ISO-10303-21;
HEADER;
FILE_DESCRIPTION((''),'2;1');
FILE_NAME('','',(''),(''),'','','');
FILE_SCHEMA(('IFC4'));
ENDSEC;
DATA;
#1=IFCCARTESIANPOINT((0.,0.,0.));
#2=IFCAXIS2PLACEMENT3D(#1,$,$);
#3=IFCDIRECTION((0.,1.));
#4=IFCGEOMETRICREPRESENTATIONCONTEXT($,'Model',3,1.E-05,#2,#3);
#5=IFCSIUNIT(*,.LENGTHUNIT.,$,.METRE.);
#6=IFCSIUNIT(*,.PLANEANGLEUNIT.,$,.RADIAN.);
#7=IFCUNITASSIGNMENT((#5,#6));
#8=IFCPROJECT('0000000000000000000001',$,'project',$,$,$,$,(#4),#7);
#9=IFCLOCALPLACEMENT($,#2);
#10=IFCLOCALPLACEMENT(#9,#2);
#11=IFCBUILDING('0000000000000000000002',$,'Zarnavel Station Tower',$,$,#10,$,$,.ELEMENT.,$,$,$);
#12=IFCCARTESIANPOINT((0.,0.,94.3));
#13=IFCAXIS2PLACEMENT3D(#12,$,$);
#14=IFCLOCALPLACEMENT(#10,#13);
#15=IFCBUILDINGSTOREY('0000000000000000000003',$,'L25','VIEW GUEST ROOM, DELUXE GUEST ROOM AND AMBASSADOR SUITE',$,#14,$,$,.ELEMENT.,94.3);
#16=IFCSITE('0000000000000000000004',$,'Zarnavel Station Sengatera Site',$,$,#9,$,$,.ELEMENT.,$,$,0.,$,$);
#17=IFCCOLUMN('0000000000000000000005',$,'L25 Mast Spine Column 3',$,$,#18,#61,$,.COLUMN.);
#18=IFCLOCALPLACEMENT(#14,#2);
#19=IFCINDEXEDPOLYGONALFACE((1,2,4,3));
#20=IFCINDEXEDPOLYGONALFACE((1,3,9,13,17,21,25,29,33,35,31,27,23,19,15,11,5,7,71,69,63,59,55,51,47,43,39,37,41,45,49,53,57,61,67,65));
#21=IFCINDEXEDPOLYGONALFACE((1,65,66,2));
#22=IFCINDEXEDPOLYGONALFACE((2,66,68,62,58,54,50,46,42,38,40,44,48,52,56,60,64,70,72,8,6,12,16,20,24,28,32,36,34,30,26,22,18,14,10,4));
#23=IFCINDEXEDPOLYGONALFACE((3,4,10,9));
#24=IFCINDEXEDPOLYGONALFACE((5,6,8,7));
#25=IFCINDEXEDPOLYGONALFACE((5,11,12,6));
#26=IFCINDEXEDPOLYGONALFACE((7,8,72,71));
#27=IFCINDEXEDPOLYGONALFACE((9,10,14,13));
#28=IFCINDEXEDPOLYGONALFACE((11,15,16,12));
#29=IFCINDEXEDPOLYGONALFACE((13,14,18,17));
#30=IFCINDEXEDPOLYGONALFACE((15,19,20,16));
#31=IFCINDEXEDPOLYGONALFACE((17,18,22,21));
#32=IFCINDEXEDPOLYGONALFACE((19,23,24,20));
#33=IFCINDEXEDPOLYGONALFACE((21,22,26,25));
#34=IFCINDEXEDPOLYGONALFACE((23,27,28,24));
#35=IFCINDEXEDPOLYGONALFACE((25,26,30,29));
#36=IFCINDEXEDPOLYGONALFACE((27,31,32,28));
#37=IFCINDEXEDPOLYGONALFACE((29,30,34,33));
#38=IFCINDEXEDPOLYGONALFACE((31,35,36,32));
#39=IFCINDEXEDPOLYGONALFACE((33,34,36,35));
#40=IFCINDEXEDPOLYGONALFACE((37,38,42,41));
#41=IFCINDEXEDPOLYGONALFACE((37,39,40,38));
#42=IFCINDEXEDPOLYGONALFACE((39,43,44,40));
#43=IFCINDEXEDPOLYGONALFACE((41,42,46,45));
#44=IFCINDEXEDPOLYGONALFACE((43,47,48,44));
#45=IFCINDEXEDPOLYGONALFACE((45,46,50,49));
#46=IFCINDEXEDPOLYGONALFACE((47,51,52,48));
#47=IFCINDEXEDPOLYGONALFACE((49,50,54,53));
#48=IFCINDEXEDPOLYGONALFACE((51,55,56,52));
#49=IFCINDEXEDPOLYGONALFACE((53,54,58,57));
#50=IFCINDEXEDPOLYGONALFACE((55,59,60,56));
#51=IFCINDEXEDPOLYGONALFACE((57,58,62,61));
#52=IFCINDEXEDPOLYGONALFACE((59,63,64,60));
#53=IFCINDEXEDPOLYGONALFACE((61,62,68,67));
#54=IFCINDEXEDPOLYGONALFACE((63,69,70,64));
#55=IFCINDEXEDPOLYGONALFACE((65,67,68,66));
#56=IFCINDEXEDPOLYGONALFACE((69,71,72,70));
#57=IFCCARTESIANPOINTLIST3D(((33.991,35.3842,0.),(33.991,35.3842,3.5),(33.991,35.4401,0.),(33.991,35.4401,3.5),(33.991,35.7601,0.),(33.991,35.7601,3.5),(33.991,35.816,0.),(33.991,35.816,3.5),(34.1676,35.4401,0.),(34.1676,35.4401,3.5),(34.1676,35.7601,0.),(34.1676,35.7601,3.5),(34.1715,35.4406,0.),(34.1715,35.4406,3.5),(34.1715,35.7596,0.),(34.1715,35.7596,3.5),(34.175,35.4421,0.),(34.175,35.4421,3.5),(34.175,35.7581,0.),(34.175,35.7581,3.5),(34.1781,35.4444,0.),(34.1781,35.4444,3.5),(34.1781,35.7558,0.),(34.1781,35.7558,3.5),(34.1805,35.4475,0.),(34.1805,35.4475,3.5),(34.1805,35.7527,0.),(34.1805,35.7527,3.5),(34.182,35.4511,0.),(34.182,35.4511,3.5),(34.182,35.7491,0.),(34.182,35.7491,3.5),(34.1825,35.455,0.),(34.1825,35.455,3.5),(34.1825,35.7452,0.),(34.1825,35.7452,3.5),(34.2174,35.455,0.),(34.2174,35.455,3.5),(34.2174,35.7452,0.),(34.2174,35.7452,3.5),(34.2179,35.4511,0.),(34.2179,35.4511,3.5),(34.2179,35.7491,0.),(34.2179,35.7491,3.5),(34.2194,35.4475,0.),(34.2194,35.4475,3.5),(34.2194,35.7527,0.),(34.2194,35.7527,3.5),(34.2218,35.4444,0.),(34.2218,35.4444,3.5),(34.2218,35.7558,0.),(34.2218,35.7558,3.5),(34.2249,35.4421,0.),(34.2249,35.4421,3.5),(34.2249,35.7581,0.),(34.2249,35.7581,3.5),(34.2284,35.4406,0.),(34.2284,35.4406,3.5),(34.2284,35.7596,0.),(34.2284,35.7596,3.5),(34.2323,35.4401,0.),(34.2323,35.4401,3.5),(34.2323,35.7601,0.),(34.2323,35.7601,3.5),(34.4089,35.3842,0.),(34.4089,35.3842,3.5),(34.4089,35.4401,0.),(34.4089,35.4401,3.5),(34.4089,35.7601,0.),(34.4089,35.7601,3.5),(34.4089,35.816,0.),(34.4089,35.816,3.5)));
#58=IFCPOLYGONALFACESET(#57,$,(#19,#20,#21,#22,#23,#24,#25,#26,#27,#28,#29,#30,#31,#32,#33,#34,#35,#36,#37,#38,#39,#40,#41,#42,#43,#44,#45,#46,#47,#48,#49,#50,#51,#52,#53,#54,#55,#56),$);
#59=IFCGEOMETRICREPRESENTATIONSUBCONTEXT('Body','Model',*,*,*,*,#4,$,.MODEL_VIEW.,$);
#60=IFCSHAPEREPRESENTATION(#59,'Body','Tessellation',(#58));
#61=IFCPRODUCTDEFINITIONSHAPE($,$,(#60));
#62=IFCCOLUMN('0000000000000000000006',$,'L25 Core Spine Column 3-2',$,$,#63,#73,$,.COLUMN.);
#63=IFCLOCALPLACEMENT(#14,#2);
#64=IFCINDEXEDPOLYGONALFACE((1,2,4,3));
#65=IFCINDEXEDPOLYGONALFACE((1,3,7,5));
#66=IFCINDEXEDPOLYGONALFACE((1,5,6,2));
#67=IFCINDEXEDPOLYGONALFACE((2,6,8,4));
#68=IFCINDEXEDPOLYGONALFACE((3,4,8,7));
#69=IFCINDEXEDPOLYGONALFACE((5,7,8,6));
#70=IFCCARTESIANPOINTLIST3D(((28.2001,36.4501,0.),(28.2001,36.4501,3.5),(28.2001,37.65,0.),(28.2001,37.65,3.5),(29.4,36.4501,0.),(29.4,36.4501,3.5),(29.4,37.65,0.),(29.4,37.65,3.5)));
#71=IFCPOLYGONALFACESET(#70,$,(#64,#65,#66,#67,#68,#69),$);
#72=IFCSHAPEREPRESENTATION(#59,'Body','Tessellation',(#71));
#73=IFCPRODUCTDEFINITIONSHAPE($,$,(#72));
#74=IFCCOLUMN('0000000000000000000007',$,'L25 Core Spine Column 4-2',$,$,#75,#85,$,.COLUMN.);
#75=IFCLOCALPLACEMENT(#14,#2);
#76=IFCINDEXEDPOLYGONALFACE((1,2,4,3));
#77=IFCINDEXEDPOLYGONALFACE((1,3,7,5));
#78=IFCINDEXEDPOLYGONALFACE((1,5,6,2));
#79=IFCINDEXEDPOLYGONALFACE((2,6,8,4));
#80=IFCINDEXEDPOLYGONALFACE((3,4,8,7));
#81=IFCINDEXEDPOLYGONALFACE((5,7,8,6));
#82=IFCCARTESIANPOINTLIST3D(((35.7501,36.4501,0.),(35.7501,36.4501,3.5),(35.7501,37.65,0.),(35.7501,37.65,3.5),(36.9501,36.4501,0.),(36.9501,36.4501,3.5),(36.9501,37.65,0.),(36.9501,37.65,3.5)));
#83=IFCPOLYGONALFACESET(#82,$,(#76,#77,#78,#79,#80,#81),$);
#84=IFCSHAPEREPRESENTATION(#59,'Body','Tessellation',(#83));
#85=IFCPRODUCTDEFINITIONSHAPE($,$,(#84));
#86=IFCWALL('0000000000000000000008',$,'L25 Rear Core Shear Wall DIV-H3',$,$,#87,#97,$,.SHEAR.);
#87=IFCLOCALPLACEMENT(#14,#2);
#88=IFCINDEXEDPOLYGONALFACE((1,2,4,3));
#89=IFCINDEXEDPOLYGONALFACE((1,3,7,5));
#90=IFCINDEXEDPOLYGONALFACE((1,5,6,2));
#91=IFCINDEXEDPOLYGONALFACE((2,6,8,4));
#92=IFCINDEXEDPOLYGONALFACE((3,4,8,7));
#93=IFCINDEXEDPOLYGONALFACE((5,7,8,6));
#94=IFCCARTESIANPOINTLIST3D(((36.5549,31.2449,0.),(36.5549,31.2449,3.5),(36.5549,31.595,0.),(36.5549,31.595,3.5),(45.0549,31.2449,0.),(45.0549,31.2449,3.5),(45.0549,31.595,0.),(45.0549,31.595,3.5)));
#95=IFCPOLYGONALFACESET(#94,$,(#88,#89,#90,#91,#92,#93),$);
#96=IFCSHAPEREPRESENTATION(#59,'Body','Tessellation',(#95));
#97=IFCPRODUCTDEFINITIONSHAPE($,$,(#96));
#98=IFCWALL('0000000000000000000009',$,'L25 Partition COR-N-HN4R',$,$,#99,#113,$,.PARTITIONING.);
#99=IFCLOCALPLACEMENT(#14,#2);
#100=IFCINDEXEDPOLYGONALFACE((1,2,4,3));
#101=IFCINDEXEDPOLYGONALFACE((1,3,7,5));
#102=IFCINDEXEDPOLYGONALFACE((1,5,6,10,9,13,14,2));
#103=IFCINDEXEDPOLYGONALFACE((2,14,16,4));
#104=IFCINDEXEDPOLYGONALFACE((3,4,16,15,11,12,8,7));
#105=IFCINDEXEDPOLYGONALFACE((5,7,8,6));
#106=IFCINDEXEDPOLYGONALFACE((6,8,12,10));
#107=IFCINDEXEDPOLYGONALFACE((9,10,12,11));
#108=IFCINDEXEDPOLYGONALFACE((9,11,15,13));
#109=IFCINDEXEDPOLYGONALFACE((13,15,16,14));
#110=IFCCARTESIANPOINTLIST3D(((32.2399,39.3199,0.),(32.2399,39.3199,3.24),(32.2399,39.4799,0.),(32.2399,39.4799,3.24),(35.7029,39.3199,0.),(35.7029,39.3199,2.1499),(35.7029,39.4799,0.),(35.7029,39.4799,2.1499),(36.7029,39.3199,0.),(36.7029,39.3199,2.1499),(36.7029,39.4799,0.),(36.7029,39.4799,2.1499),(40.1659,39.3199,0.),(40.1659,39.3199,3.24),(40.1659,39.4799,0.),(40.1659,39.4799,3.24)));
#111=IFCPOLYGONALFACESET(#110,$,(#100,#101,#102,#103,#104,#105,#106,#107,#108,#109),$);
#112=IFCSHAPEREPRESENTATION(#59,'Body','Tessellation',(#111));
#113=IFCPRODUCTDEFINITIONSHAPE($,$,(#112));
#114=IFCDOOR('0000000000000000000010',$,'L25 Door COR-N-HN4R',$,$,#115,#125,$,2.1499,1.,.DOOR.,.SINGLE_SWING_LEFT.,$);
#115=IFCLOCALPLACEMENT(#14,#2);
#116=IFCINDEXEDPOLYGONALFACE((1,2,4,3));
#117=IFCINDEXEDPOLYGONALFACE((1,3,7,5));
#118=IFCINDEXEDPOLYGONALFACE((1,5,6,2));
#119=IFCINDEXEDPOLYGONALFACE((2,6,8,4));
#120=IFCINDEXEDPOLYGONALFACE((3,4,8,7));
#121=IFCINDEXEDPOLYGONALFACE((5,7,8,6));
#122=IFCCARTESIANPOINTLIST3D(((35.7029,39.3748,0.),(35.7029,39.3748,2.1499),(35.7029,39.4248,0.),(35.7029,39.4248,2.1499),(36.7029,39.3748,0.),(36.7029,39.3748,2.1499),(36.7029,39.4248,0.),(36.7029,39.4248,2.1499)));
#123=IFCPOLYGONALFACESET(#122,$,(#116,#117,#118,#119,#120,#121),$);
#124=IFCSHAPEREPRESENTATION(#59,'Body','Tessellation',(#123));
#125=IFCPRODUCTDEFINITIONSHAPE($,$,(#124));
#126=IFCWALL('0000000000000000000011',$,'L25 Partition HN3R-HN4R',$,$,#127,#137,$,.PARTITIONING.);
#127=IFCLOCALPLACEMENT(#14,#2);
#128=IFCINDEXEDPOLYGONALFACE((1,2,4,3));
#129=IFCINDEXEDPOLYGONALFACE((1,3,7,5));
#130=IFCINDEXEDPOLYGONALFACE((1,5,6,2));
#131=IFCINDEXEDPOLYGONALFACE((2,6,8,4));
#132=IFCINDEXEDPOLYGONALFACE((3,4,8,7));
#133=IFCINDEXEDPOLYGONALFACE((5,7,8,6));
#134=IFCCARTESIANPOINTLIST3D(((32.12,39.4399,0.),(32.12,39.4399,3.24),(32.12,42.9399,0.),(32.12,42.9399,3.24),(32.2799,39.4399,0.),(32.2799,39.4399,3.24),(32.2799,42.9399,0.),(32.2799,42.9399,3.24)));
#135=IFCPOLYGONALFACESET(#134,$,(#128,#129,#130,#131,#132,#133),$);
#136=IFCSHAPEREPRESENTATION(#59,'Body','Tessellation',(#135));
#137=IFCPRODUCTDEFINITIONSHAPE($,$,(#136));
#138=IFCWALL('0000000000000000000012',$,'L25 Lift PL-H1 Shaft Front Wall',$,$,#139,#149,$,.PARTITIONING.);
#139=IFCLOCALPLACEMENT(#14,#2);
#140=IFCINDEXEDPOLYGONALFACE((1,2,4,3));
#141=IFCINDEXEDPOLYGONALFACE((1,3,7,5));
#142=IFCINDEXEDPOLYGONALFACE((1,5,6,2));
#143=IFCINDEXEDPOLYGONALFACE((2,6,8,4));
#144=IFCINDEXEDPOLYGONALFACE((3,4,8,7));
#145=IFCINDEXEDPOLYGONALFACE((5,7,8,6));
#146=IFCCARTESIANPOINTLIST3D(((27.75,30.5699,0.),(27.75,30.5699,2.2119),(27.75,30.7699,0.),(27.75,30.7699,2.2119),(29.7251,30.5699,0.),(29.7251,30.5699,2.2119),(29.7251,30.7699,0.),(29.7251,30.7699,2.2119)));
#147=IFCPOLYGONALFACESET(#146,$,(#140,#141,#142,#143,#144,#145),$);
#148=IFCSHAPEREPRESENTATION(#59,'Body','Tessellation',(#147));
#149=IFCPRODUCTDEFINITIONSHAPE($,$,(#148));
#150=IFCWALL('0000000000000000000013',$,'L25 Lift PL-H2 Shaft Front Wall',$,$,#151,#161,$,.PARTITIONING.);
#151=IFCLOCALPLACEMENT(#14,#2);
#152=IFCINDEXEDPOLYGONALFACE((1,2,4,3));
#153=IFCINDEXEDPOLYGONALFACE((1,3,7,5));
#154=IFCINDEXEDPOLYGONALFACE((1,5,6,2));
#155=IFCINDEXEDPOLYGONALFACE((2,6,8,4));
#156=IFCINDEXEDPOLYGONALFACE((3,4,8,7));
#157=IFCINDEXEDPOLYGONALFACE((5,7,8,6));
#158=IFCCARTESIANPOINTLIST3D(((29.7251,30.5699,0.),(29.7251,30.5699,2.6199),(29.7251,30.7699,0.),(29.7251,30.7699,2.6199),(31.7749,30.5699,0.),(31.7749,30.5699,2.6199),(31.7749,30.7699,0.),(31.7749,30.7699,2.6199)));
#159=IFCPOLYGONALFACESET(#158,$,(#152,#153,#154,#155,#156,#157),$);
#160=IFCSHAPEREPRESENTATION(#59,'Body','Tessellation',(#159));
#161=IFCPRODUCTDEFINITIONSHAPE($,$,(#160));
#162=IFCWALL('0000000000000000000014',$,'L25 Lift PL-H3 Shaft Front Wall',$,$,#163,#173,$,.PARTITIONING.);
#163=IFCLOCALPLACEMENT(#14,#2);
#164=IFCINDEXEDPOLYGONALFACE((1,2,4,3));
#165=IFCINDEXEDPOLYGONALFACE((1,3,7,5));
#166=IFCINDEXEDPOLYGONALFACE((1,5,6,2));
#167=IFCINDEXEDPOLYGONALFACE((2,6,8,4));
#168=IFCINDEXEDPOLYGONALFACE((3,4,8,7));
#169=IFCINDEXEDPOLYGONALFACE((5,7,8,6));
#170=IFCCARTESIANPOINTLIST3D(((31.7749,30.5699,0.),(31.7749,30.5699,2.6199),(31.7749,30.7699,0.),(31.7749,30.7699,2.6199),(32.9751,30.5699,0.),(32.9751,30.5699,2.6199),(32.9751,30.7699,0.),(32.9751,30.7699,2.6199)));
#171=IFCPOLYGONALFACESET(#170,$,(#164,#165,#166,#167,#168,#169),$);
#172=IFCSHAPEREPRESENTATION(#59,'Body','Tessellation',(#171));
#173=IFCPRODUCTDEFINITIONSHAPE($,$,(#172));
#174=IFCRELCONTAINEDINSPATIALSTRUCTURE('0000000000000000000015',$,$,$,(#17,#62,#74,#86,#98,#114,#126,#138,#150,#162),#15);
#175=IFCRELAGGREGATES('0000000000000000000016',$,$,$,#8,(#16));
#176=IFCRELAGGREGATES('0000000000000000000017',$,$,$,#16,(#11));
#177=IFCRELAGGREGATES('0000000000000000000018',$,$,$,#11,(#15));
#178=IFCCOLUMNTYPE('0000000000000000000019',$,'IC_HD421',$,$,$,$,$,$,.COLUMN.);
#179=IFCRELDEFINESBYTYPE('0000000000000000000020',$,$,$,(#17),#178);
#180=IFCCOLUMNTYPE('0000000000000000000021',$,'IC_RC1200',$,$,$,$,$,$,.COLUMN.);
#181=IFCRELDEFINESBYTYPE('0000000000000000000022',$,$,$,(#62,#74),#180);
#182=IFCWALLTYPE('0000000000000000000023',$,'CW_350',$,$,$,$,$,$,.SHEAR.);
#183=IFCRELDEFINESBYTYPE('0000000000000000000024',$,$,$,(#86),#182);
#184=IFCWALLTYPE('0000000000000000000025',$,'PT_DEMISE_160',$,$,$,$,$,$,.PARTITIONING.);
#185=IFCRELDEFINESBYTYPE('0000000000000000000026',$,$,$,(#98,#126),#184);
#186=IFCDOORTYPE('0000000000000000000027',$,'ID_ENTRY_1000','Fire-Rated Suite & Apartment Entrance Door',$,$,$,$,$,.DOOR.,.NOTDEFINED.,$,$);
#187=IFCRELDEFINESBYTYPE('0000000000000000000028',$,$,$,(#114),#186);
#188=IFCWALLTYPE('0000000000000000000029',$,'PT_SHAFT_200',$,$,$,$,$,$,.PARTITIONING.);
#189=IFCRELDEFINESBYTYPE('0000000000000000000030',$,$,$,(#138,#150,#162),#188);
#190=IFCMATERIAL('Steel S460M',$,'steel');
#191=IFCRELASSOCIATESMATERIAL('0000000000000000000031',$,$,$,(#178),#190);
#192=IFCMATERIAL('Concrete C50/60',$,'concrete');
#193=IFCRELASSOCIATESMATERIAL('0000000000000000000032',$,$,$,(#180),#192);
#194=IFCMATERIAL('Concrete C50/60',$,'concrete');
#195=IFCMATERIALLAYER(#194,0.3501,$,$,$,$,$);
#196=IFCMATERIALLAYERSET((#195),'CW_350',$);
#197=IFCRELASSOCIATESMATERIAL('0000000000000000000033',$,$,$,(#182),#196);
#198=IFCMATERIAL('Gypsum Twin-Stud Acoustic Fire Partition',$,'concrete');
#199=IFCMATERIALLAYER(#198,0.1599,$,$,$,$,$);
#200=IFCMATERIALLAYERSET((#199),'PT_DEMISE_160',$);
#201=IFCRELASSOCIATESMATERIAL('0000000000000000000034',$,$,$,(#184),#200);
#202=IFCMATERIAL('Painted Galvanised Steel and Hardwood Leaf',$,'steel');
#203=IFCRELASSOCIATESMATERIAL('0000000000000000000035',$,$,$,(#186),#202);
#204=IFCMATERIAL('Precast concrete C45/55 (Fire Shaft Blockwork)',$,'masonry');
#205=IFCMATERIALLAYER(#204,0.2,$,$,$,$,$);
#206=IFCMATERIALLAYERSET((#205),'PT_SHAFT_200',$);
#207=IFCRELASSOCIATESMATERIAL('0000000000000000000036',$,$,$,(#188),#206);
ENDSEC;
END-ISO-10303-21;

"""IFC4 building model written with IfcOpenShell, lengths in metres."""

from ifc_helpers import new_model, si_unit, direction, frame, frame_2d, origin, origin_2d, place, context, subcontext, project, spatial, rectangle, i_section, extrude, material, layer, layer_set, material_profile, profile_set, type_object, element, fill, save


model = new_model("IFC4")

# Units and contexts
model_context = context("Model", 3, precision=1e-05, world=origin(), true_north=direction((0.0, 1.0)))
body_context = subcontext(model_context, "Body", "Model", "MODEL_VIEW")
ifc_project = project(units=[si_unit("LENGTHUNIT", "METRE"), si_unit("PLANEANGLEUNIT", "RADIAN")], contexts=[model_context])

# Site, building, storey
site_placement = place(None, origin())
site = spatial("IfcSite", under=ifc_project, at=site_placement, Name="Zarnavel Station Sengatera Site", CompositionType="ELEMENT", RefElevation=0.0)
building_placement = place(site_placement, origin())
building = spatial("IfcBuilding", under=site, at=building_placement, Name="Zarnavel Station Tower", CompositionType="ELEMENT")
storey_placement = place(building_placement, frame((0.0, 0.0, 94.3)))
storey = spatial("IfcBuildingStorey", under=building, at=storey_placement, Name="L25", Description="VIEW GUEST ROOM, DELUXE GUEST ROOM AND AMBASSADOR SUITE", CompositionType="ELEMENT", Elevation=94.3)

# Columns
ifc_material_1 = material(Name="Steel S460M", Category="steel")
ifc_material_profile_1 = material_profile(ifc_material_1, i_section(OverallWidth=0.418, OverallDepth=0.4319, WebThickness=0.0349, FlangeThickness=0.0559, FilletRadius=0.0149, at=origin_2d()), Name="HD400x421")
ifc_profile_set_1 = profile_set([ifc_material_profile_1], Name="Steel S460M")
column_type_1 = type_object("IfcColumnType", Name="IC_HD421", PredefinedType="COLUMN", material=ifc_profile_set_1)
column_placement = place(storey_placement, frame((34.2, 35.6001, 0.0), z_axis=(0.0, 0.0, 1.0), x_axis=(1.0, 0.0, 0.0)))
element("IfcColumn", 1, at=column_placement, inside=storey, type_object=column_type_1, Name="L25 Mast Spine Column 3", PredefinedType="COLUMN", context=body_context, shape_type="SweptSolid", body=[
    extrude(i_section(OverallWidth=0.418, OverallDepth=0.4319, WebThickness=0.0349, FlangeThickness=0.0559, FilletRadius=0.0149, at=origin_2d()), origin(), (0.0, 0.0, 1.0), 3.5),
])
ifc_material_2 = material(Name="Concrete C50/60", Category="concrete")
ifc_material_profile_2 = material_profile(ifc_material_2, rectangle(XDim=1.2, YDim=1.2, at=origin_2d()), Name="RC1200x1200")
ifc_profile_set_2 = profile_set([ifc_material_profile_2], Name="Concrete C50/60")
column_type_2 = type_object("IfcColumnType", Name="IC_RC1200", PredefinedType="COLUMN", material=ifc_profile_set_2)
for number, where, z_axis, x_axis, name in (
    (2, (28.8, 37.05, 0.0), (0.0, 0.0, 1.0), (1.0, 0.0, 0.0), "L25 Core Spine Column 3-2"),
    (3, (36.3501, 37.05, 0.0), (0.0, 0.0, 1.0), (1.0, 0.0, 0.0), "L25 Core Spine Column 4-2"),
):
    element("IfcColumn", number, at=place(storey_placement, frame(where, z_axis=z_axis, x_axis=x_axis)), inside=storey, type_object=column_type_2, Name=name, PredefinedType="COLUMN", context=body_context, shape_type="SweptSolid", body=[
        extrude(rectangle(XDim=1.2, YDim=1.2, at=origin_2d()), origin(), (0.0, 0.0, 1.0), 3.5),
    ])

# Wall
ifc_material_3 = material(Name="Concrete C50/60", Category="concrete")
ifc_layer_1 = layer(ifc_material_3, 0.3501)
ifc_layer_set_1 = layer_set([ifc_layer_1], Name="CW_350")
wall_type_1 = type_object("IfcWallType", Name="CW_350", PredefinedType="SHEAR", material=ifc_layer_set_1)
wall_1_placement = place(storey_placement, frame((36.5549, 31.4199, 0.0), z_axis=(0.0, 0.0, 1.0), x_axis=(1.0, 0.0, 0.0)))
element("IfcWall", 4, at=wall_1_placement, inside=storey, type_object=wall_type_1, Name="L25 Rear Core Shear Wall DIV-H3", PredefinedType="SHEAR", context=body_context, shape_type="SweptSolid", body=[
    extrude(rectangle(XDim=8.5, YDim=0.3501, at=frame_2d((4.25, 0.0))), origin(), (0.0, 0.0, 1.0), 3.5),
])

# Wall, opening, door
ifc_material_4 = material(Name="Gypsum Twin-Stud Acoustic Fire Partition", Category="concrete")
ifc_layer_2 = layer(ifc_material_4, 0.1599)
ifc_layer_set_2 = layer_set([ifc_layer_2], Name="PT_DEMISE_160")
wall_type_2 = type_object("IfcWallType", Name="PT_DEMISE_160", PredefinedType="PARTITIONING", material=ifc_layer_set_2)
wall_2_placement = place(storey_placement, frame((32.24, 39.3999, 0.0), z_axis=(0.0, 0.0, 1.0), x_axis=(1.0, 0.0, 0.0)))
wall_2 = element("IfcWall", 5, at=wall_2_placement, inside=storey, type_object=wall_type_2, Name="L25 Partition COR-N-HN4R", PredefinedType="PARTITIONING", context=body_context, shape_type="SweptSolid", body=[
    extrude(rectangle(XDim=7.926, YDim=0.1599, at=frame_2d((3.9629, 0.0))), origin(), (0.0, 0.0, 1.0), 3.24),
])
opening_1_placement = place(wall_2_placement, frame((3.4629, 0.0, 0.0)))
opening_1 = element("IfcOpeningElement", 6, at=opening_1_placement, cuts=wall_2, PredefinedType="OPENING", context=body_context, shape_type="SweptSolid", body=[
    extrude(rectangle(XDim=1.0, YDim=2.1499, at=frame_2d((0.5, 1.075))), frame((0.0, 0.0898, 0.0), z_axis=(0.0, -1.0, 0.0), x_axis=(1.0, 0.0, 0.0)), (0.0, 0.0, 1.0), 0.1799),
])
ifc_material_5 = material(Name="Painted Galvanised Steel and Hardwood Leaf", Category="steel")
door_type_1 = type_object("IfcDoorType", Name="ID_ENTRY_1000", Description="Fire-Rated Suite & Apartment Entrance Door", OperationType="NOTDEFINED", PredefinedType="DOOR", material=ifc_material_5)
door_1_placement = place(opening_1_placement, origin())
door_1 = element("IfcDoor", 7, at=door_1_placement, inside=storey, type_object=door_type_1, Name="L25 Door COR-N-HN4R", OperationType="SINGLE_SWING_LEFT", OverallHeight=2.1499, OverallWidth=1.0, PredefinedType="DOOR", context=body_context, shape_type="SweptSolid", body=[
    extrude(rectangle(XDim=1.0, YDim=2.1499, at=frame_2d((0.5, 1.075))), frame((0.0, 0.0249, 0.0), z_axis=(0.0, -1.0, 0.0), x_axis=(1.0, 0.0, 0.0)), (0.0, 0.0, 1.0), 0.05),
])
fill(opening_1, door_1)

# Wall
wall_3_placement = place(storey_placement, frame((32.2, 39.4399, 0.0), z_axis=(0.0, 0.0, 1.0), x_axis=(0.0, 1.0, 0.0)))
element("IfcWall", 8, at=wall_3_placement, inside=storey, type_object=wall_type_2, Name="L25 Partition HN3R-HN4R", PredefinedType="PARTITIONING", context=body_context, shape_type="SweptSolid", body=[
    extrude(rectangle(XDim=3.5, YDim=0.1599, at=frame_2d((1.75, 0.0))), origin(), (0.0, 0.0, 1.0), 3.24),
])

# Shared definitions
ifc_material_6 = material(Name="Precast concrete C45/55 (Fire Shaft Blockwork)", Category="masonry")
ifc_layer_3 = layer(ifc_material_6, 0.2)
ifc_layer_set_3 = layer_set([ifc_layer_3], Name="PT_SHAFT_200")
wall_type_3 = type_object("IfcWallType", Name="PT_SHAFT_200", PredefinedType="PARTITIONING", material=ifc_layer_set_3)

# Walls
wall_4_placement = place(storey_placement, frame((27.75, 30.6699, 0.0), z_axis=(0.0, 0.0, 1.0), x_axis=(1.0, 0.0, 0.0)))
element("IfcWall", 9, at=wall_4_placement, inside=storey, type_object=wall_type_3, Name="L25 Lift PL-H1 Shaft Front Wall", PredefinedType="PARTITIONING", context=body_context, shape_type="SweptSolid", body=[
    extrude(rectangle(XDim=1.9751, YDim=0.2, at=frame_2d((0.9875, 0.0))), origin(), (0.0, 0.0, 1.0), 2.2119),
])
wall_5_placement = place(storey_placement, frame((29.7251, 30.6699, 0.0), z_axis=(0.0, 0.0, 1.0), x_axis=(1.0, 0.0, 0.0)))
element("IfcWall", 10, at=wall_5_placement, inside=storey, type_object=wall_type_3, Name="L25 Lift PL-H2 Shaft Front Wall", PredefinedType="PARTITIONING", context=body_context, shape_type="SweptSolid", body=[
    extrude(rectangle(XDim=2.0498, YDim=0.2, at=frame_2d((1.0249, 0.0))), origin(), (0.0, 0.0, 1.0), 2.6199),
])
wall_6_placement = place(storey_placement, frame((31.7749, 30.6699, 0.0), z_axis=(0.0, 0.0, 1.0), x_axis=(1.0, 0.0, 0.0)))
element("IfcWall", 11, at=wall_6_placement, inside=storey, type_object=wall_type_3, Name="L25 Lift PL-H3 Shaft Front Wall", PredefinedType="PARTITIONING", context=body_context, shape_type="SweptSolid", body=[
    extrude(rectangle(XDim=1.2002, YDim=0.2, at=frame_2d((0.6001, 0.0))), origin(), (0.0, 0.0, 1.0), 2.6199),
])

save(model, "model.ifc")
